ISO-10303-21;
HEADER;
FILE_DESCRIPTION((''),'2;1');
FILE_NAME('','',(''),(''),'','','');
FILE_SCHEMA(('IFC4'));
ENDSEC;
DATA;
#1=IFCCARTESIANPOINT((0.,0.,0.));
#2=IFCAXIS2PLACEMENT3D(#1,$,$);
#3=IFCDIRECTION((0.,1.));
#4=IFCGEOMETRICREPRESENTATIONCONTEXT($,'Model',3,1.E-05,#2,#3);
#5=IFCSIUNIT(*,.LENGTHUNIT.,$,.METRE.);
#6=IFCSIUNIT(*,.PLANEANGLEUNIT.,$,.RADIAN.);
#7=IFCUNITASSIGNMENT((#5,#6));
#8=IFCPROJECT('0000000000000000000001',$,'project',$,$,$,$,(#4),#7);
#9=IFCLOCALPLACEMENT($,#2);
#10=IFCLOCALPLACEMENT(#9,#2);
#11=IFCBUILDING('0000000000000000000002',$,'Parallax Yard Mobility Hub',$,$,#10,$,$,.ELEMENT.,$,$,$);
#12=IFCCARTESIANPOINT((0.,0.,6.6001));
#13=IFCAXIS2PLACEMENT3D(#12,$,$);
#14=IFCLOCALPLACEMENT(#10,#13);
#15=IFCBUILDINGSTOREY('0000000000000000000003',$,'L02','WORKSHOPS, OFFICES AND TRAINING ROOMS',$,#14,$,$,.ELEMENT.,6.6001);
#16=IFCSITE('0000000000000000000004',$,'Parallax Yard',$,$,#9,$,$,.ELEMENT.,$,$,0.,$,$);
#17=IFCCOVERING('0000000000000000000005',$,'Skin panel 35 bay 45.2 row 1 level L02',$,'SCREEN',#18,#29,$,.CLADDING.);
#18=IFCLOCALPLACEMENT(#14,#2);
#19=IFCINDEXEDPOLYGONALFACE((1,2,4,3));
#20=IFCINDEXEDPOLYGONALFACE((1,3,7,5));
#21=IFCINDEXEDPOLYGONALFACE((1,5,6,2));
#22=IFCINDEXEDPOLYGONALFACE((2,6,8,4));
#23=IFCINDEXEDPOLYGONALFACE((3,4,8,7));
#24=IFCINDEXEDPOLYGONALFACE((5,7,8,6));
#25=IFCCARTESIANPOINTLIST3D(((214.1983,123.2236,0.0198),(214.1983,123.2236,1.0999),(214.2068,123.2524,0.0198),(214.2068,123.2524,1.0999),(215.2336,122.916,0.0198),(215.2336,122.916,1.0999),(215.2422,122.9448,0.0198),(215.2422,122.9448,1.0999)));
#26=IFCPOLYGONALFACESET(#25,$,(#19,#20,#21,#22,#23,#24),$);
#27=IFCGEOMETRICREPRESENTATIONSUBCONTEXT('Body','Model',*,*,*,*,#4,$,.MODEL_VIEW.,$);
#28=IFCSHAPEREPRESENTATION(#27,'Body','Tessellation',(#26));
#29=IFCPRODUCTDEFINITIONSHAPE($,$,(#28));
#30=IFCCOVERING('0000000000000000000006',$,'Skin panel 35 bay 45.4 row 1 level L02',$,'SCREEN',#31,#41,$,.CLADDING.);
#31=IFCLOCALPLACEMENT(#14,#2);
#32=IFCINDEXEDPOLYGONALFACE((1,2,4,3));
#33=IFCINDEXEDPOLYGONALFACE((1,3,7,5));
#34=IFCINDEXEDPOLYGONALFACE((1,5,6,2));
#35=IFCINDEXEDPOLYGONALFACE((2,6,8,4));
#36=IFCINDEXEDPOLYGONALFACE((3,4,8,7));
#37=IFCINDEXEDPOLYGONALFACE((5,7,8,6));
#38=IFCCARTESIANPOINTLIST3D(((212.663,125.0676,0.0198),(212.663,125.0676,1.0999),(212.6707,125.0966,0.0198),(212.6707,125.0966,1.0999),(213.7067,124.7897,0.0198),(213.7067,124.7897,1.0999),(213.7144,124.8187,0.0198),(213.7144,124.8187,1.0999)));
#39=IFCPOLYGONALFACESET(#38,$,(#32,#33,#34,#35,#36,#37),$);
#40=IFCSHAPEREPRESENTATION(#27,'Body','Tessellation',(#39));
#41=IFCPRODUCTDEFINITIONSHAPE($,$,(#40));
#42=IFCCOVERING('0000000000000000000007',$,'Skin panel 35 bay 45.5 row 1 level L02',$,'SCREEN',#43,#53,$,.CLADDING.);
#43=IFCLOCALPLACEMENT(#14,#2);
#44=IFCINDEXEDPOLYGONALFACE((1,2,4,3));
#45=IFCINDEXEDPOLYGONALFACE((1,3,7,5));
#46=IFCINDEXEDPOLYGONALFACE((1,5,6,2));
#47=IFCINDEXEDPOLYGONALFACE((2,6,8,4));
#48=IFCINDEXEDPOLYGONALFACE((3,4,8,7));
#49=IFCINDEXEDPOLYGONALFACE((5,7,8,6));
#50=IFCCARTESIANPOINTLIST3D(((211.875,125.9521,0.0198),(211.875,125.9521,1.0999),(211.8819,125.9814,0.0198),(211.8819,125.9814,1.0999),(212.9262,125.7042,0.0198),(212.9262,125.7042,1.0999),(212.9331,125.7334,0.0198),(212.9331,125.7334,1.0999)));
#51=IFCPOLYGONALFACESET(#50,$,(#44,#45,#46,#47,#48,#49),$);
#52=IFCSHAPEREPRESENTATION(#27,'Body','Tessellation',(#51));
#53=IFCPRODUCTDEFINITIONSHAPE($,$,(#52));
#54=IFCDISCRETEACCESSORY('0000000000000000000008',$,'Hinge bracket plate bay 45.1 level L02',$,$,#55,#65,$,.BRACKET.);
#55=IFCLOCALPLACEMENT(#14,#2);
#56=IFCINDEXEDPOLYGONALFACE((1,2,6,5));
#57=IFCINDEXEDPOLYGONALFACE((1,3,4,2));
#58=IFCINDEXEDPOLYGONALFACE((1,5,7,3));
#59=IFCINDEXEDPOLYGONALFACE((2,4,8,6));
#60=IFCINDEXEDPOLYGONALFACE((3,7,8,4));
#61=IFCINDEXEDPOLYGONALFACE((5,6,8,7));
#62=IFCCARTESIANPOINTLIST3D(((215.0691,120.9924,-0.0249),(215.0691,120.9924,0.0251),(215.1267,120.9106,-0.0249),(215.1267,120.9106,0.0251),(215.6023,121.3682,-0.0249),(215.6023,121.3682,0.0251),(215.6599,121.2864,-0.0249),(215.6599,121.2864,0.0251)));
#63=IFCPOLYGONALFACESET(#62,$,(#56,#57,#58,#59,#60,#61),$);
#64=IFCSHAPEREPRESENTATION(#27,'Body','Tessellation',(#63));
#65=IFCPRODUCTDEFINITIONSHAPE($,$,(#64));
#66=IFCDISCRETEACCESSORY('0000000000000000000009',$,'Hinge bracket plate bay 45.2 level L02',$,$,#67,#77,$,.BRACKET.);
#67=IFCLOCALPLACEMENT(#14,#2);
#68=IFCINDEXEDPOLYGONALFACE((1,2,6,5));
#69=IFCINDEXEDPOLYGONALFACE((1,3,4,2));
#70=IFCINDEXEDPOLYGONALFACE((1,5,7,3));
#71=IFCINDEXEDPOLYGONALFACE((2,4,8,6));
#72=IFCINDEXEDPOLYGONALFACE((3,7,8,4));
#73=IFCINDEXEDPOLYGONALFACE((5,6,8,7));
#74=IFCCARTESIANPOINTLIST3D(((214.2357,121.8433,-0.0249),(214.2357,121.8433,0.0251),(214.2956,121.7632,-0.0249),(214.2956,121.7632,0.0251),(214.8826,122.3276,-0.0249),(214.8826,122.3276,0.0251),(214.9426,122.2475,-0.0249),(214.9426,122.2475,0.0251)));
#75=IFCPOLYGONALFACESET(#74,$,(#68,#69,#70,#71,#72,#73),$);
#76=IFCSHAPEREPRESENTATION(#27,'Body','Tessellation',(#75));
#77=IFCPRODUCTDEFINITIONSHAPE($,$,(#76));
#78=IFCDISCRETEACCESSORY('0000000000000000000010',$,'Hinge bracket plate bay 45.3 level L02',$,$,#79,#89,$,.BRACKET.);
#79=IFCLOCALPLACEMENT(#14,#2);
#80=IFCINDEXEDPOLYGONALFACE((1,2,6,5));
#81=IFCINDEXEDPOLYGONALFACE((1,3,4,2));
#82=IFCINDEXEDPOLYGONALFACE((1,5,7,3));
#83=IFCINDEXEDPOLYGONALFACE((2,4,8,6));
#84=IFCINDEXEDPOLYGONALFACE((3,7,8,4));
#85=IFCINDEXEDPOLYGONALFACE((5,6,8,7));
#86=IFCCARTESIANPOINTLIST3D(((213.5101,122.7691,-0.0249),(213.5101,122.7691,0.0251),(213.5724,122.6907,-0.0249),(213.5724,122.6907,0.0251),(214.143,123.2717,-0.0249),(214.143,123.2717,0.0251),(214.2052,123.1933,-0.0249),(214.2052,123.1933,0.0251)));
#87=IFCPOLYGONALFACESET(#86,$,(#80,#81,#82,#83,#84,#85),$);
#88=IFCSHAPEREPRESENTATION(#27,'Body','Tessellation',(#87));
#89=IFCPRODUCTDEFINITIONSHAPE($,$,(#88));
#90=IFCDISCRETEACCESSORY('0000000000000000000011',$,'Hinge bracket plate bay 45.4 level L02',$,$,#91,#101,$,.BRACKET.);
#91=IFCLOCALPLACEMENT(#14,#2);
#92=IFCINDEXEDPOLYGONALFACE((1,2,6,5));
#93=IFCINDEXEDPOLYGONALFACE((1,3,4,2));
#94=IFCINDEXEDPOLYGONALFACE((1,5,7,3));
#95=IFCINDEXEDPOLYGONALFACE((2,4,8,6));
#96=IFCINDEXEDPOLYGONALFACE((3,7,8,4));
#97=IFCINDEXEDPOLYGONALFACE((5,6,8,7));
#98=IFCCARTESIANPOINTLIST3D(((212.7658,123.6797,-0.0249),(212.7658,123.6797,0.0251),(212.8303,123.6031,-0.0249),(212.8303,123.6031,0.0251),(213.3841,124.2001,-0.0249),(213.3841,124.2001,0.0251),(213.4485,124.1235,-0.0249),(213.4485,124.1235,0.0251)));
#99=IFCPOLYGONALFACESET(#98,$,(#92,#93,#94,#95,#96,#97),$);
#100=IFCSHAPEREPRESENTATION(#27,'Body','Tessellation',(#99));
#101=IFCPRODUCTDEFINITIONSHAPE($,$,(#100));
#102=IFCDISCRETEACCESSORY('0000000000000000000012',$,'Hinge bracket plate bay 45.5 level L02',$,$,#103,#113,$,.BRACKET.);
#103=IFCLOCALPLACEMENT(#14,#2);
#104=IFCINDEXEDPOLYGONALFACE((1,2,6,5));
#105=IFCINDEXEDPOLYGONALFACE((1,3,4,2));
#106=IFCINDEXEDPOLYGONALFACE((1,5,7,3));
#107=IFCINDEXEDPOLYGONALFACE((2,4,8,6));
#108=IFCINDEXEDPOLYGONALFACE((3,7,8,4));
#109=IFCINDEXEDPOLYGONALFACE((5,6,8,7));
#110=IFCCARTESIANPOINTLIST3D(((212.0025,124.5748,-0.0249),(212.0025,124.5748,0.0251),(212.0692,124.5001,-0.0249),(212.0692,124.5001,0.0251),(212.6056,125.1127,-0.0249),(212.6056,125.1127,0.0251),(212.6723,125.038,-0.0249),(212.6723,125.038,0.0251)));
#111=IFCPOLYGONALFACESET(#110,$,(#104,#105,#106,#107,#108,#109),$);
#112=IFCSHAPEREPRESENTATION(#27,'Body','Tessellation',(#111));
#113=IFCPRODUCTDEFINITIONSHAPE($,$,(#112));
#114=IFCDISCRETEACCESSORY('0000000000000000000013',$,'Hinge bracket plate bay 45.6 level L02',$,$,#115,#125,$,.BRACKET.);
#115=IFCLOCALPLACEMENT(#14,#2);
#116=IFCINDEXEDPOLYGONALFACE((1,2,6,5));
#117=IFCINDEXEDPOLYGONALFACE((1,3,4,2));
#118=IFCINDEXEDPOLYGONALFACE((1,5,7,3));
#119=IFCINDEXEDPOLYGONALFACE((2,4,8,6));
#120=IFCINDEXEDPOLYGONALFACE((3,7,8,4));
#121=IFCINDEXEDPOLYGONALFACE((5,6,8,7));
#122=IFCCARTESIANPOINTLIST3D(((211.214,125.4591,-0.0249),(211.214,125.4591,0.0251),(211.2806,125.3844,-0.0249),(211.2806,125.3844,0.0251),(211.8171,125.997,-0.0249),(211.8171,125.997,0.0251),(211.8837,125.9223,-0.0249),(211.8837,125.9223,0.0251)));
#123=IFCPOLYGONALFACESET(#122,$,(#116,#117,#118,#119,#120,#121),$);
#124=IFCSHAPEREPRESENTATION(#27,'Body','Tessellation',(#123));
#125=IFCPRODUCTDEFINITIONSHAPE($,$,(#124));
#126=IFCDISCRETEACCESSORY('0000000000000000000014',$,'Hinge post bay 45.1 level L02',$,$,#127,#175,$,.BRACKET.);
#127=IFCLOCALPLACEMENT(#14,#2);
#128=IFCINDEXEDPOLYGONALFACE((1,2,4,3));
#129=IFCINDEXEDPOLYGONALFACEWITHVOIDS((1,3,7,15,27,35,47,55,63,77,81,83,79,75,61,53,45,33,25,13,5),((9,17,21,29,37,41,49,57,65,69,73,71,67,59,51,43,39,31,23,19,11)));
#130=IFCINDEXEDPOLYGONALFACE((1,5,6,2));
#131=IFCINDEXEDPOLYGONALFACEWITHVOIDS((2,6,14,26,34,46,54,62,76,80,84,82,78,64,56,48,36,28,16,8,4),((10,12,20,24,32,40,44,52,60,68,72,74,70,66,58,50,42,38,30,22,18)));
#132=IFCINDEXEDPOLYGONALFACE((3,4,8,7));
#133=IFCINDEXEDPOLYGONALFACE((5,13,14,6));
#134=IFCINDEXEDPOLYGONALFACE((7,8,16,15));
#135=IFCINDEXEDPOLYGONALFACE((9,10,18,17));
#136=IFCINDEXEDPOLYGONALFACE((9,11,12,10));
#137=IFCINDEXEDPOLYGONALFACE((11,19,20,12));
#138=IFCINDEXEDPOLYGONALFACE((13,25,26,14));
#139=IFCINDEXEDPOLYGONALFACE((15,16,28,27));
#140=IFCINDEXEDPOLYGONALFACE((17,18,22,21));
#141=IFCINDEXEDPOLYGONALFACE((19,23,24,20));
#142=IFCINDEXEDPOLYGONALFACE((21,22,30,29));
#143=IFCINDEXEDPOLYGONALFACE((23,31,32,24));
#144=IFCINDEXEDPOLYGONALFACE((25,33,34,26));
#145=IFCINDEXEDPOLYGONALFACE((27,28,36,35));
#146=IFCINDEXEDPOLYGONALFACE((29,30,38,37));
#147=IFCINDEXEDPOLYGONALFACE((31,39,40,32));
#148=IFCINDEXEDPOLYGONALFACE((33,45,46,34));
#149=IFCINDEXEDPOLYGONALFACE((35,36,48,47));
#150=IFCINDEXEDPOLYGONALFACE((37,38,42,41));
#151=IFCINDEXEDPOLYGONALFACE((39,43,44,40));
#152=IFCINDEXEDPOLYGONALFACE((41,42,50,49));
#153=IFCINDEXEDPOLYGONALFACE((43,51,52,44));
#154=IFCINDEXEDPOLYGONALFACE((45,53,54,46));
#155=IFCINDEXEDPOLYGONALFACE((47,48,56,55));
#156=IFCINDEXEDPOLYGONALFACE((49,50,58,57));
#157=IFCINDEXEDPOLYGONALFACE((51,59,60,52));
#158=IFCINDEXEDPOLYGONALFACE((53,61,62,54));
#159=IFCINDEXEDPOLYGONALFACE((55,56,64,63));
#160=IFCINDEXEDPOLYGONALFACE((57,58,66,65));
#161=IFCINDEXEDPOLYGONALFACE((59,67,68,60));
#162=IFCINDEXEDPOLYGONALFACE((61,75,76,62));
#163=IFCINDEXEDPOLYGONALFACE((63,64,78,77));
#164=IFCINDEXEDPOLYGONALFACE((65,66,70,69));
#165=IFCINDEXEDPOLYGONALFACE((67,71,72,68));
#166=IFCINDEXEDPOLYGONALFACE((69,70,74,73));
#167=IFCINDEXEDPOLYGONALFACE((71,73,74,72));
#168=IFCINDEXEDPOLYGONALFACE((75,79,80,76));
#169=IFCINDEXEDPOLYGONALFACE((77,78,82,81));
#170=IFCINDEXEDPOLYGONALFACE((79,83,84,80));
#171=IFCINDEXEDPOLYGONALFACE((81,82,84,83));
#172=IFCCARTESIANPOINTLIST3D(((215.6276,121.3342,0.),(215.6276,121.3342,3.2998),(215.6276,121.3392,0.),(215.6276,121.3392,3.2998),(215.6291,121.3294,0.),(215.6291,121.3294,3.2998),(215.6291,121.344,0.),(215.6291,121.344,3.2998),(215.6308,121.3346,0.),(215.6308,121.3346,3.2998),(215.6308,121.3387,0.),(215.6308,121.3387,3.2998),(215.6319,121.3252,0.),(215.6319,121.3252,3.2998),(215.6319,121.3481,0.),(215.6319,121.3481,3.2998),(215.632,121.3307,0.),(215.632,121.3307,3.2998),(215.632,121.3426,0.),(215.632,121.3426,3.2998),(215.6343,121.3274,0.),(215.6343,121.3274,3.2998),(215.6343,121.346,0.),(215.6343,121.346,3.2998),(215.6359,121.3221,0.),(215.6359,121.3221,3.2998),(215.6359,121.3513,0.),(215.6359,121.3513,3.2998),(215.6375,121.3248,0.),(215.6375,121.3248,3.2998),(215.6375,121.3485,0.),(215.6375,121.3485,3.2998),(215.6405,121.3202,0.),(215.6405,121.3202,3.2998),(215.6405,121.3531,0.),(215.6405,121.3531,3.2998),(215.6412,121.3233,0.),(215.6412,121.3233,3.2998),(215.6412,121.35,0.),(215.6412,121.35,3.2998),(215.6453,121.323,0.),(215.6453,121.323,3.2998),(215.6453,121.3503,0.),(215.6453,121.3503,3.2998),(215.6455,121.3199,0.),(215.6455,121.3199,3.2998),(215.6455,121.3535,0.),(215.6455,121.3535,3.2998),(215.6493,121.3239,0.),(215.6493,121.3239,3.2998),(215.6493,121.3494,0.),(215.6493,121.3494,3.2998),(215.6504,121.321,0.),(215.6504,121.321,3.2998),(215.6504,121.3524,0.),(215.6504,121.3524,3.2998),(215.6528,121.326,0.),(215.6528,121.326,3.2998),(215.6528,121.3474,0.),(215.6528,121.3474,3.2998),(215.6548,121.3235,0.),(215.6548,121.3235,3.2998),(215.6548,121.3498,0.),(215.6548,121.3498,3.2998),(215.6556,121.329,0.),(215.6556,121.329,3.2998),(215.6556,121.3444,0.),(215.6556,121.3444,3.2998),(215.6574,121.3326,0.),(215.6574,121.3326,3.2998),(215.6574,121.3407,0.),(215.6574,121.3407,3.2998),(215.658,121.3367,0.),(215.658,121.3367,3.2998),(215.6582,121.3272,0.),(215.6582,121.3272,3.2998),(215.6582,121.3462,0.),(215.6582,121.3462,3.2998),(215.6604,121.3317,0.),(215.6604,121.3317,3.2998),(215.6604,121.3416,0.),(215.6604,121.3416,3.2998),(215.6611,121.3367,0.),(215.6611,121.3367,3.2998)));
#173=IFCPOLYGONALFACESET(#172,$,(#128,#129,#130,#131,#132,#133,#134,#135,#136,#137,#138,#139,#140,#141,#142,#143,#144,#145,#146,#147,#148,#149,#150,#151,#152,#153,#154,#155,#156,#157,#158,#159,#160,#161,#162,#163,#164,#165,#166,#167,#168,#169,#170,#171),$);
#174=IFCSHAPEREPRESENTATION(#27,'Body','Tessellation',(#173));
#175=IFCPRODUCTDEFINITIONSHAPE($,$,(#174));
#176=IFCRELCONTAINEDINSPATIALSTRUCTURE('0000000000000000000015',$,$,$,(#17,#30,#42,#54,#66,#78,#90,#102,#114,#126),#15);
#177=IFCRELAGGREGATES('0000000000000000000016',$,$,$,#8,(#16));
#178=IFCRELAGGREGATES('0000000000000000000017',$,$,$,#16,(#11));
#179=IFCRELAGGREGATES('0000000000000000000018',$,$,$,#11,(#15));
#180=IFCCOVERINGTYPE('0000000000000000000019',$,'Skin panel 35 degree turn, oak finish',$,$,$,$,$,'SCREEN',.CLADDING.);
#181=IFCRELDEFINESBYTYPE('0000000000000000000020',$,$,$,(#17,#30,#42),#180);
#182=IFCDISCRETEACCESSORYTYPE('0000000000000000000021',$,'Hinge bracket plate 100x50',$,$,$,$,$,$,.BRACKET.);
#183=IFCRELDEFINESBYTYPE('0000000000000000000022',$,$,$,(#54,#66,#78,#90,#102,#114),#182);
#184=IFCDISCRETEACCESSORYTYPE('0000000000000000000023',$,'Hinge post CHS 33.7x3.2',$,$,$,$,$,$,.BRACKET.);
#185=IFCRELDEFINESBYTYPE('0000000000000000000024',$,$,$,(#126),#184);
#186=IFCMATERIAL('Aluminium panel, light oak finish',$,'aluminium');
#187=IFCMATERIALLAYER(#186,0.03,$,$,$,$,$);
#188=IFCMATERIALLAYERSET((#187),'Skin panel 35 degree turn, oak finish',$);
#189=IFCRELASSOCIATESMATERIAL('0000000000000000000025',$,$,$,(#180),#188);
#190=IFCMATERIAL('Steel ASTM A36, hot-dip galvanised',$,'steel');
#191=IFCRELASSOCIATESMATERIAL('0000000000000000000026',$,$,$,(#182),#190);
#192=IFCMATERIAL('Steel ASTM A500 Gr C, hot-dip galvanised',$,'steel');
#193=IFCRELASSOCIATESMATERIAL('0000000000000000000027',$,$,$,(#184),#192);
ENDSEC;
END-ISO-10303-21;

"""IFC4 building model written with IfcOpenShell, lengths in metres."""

from ifc_helpers import new_model, si_unit, direction, frame, origin, origin_2d, place, context, subcontext, project, spatial, rectangle, hollow_circle, extrude, material, layer, layer_set, material_profile, profile_set, type_object, element, save


model = new_model("IFC4")

# Units and contexts
model_context = context("Model", 3, precision=1e-05, world=origin(), true_north=direction((0.0, 1.0)))
body_context = subcontext(model_context, "Body", "Model", "MODEL_VIEW")
ifc_project = project(units=[si_unit("LENGTHUNIT", "METRE"), si_unit("PLANEANGLEUNIT", "RADIAN")], contexts=[model_context])

# Site, building, storey
site_placement = place(None, origin())
site = spatial("IfcSite", under=ifc_project, at=site_placement, Name="Parallax Yard", CompositionType="ELEMENT", RefElevation=0.0)
building_placement = place(site_placement, origin())
building = spatial("IfcBuilding", under=site, at=building_placement, Name="Parallax Yard Mobility Hub", CompositionType="ELEMENT")
storey_placement = place(building_placement, frame((0.0, 0.0, 6.6001)))
storey = spatial("IfcBuildingStorey", under=building, at=storey_placement, Name="L02", Description="WORKSHOPS, OFFICES AND TRAINING ROOMS", CompositionType="ELEMENT", Elevation=6.6001)

# Coverings
ifc_material_1 = material(Name="Aluminium panel, light oak finish", Category="aluminium")
ifc_layer_1 = layer(ifc_material_1, 0.03)
ifc_layer_set_1 = layer_set([ifc_layer_1], Name="Skin panel 35 degree turn, oak finish")
covering_type_1 = type_object("IfcCoveringType", Name="Skin panel 35 degree turn, oak finish", ElementType="SCREEN", PredefinedType="CLADDING", material=ifc_layer_set_1)
for number, where, z_axis, x_axis, name in (
    (1, (214.7202, 123.0842, 0.0198), (0.0, 0.0, 1.0), (0.958594, -0.284777, 0.0), "Skin panel 35 bay 45.2 row 1 level L02"),
    (2, (213.1887, 124.9431, 0.0198), (0.0, 0.0, 1.0), (0.966335, -0.257286, 0.0), "Skin panel 35 bay 45.4 row 1 level L02"),
    (3, (212.4041, 125.8428, 0.0198), (0.0, 0.0, 1.0), (0.973288, -0.229586, 0.0), "Skin panel 35 bay 45.5 row 1 level L02"),
):
    element("IfcCovering", number, at=place(storey_placement, frame(where, z_axis=z_axis, x_axis=x_axis)), inside=storey, type_object=covering_type_1, Name=name, ObjectType="SCREEN", PredefinedType="CLADDING", context=body_context, shape_type="SweptSolid", body=[
        extrude(rectangle(XDim=1.0801, YDim=0.03, at=origin_2d()), origin(), (0.0, 0.0, 1.0), 1.0801),
    ])

# Discrete accessories
ifc_material_2 = material(Name="Steel ASTM A36, hot-dip galvanised", Category="steel")
discrete_accessory_type_1 = type_object("IfcDiscreteAccessoryType", Name="Hinge bracket plate 100x50", PredefinedType="BRACKET", material=ifc_material_2)
discrete_accessory_placement = place(storey_placement, frame((215.3645, 121.1394, -0.0249), z_axis=(0.0, 0.0, 1.0), x_axis=(0.817328, 0.576173, 0.0)))
element("IfcDiscreteAccessory", 4, at=discrete_accessory_placement, inside=storey, type_object=discrete_accessory_type_1, Name="Hinge bracket plate bay 45.1 level L02", PredefinedType="BRACKET", context=body_context, shape_type="SweptSolid", body=[
    extrude(rectangle(XDim=0.6523, YDim=0.1001, at=origin_2d()), origin(), (0.0, 0.0, 1.0), 0.05),
])
for number, where, z_axis, x_axis, name in (
    (5, (214.5891, 122.0454, -0.0249), (0.0, 0.0, 1.0), (0.800541, 0.599278, 0.0), "Hinge bracket plate bay 45.2 level L02"),
    (6, (213.8577, 122.9812, -0.0249), (0.0, 0.0, 1.0), (0.783102, 0.621893, 0.0), "Hinge bracket plate bay 45.3 level L02"),
    (7, (213.1072, 123.9016, -0.0249), (0.0, 0.0, 1.0), (0.765024, 0.644002, 0.0), "Hinge bracket plate bay 45.4 level L02"),
    (8, (212.3374, 124.8064, -0.0249), (0.0, 0.0, 1.0), (0.746321, 0.665586, 0.0), "Hinge bracket plate bay 45.5 level L02"),
    (9, (211.5488, 125.6907, -0.0249), (0.0, 0.0, 1.0), (0.746321, 0.665586, 0.0), "Hinge bracket plate bay 45.6 level L02"),
):
    element("IfcDiscreteAccessory", number, at=place(storey_placement, frame(where, z_axis=z_axis, x_axis=x_axis)), inside=storey, type_object=discrete_accessory_type_1, Name=name, PredefinedType="BRACKET", context=body_context, shape_type="SweptSolid", body=[
        extrude(rectangle(XDim=0.8081, YDim=0.1001, at=origin_2d()), origin(), (0.0, 0.0, 1.0), 0.05),
    ])
ifc_material_3 = material(Name="Steel ASTM A500 Gr C, hot-dip galvanised", Category="steel")
ifc_material_profile = material_profile(ifc_material_3, hollow_circle(Radius=0.0168, WallThickness=0.0032, at=origin_2d()), Name="CHS 33.7x3.2")
ifc_profile_set = profile_set([ifc_material_profile], Name="Steel ASTM A500 Gr C, hot-dip galvanised")
discrete_accessory_type_2 = type_object("IfcDiscreteAccessoryType", Name="Hinge post CHS 33.7x3.2", PredefinedType="BRACKET", material=ifc_profile_set)
for number, where, z_axis, x_axis, name in (
    (10, (215.6443, 121.3367, 0.0), (0.0, 0.0, 1.0), (1.0, 0.0, 0.0), "Hinge post bay 45.1 level L02"),
):
    element("IfcDiscreteAccessory", number, at=place(storey_placement, frame(where, z_axis=z_axis, x_axis=x_axis)), inside=storey, type_object=discrete_accessory_type_2, Name=name, PredefinedType="BRACKET", context=body_context, shape_type="SweptSolid", body=[
        extrude(hollow_circle(Radius=0.0168, WallThickness=0.0032, at=origin_2d()), origin(), (0.0, 0.0, 1.0), 3.2998),
    ])

save(model, "model.ifc")
